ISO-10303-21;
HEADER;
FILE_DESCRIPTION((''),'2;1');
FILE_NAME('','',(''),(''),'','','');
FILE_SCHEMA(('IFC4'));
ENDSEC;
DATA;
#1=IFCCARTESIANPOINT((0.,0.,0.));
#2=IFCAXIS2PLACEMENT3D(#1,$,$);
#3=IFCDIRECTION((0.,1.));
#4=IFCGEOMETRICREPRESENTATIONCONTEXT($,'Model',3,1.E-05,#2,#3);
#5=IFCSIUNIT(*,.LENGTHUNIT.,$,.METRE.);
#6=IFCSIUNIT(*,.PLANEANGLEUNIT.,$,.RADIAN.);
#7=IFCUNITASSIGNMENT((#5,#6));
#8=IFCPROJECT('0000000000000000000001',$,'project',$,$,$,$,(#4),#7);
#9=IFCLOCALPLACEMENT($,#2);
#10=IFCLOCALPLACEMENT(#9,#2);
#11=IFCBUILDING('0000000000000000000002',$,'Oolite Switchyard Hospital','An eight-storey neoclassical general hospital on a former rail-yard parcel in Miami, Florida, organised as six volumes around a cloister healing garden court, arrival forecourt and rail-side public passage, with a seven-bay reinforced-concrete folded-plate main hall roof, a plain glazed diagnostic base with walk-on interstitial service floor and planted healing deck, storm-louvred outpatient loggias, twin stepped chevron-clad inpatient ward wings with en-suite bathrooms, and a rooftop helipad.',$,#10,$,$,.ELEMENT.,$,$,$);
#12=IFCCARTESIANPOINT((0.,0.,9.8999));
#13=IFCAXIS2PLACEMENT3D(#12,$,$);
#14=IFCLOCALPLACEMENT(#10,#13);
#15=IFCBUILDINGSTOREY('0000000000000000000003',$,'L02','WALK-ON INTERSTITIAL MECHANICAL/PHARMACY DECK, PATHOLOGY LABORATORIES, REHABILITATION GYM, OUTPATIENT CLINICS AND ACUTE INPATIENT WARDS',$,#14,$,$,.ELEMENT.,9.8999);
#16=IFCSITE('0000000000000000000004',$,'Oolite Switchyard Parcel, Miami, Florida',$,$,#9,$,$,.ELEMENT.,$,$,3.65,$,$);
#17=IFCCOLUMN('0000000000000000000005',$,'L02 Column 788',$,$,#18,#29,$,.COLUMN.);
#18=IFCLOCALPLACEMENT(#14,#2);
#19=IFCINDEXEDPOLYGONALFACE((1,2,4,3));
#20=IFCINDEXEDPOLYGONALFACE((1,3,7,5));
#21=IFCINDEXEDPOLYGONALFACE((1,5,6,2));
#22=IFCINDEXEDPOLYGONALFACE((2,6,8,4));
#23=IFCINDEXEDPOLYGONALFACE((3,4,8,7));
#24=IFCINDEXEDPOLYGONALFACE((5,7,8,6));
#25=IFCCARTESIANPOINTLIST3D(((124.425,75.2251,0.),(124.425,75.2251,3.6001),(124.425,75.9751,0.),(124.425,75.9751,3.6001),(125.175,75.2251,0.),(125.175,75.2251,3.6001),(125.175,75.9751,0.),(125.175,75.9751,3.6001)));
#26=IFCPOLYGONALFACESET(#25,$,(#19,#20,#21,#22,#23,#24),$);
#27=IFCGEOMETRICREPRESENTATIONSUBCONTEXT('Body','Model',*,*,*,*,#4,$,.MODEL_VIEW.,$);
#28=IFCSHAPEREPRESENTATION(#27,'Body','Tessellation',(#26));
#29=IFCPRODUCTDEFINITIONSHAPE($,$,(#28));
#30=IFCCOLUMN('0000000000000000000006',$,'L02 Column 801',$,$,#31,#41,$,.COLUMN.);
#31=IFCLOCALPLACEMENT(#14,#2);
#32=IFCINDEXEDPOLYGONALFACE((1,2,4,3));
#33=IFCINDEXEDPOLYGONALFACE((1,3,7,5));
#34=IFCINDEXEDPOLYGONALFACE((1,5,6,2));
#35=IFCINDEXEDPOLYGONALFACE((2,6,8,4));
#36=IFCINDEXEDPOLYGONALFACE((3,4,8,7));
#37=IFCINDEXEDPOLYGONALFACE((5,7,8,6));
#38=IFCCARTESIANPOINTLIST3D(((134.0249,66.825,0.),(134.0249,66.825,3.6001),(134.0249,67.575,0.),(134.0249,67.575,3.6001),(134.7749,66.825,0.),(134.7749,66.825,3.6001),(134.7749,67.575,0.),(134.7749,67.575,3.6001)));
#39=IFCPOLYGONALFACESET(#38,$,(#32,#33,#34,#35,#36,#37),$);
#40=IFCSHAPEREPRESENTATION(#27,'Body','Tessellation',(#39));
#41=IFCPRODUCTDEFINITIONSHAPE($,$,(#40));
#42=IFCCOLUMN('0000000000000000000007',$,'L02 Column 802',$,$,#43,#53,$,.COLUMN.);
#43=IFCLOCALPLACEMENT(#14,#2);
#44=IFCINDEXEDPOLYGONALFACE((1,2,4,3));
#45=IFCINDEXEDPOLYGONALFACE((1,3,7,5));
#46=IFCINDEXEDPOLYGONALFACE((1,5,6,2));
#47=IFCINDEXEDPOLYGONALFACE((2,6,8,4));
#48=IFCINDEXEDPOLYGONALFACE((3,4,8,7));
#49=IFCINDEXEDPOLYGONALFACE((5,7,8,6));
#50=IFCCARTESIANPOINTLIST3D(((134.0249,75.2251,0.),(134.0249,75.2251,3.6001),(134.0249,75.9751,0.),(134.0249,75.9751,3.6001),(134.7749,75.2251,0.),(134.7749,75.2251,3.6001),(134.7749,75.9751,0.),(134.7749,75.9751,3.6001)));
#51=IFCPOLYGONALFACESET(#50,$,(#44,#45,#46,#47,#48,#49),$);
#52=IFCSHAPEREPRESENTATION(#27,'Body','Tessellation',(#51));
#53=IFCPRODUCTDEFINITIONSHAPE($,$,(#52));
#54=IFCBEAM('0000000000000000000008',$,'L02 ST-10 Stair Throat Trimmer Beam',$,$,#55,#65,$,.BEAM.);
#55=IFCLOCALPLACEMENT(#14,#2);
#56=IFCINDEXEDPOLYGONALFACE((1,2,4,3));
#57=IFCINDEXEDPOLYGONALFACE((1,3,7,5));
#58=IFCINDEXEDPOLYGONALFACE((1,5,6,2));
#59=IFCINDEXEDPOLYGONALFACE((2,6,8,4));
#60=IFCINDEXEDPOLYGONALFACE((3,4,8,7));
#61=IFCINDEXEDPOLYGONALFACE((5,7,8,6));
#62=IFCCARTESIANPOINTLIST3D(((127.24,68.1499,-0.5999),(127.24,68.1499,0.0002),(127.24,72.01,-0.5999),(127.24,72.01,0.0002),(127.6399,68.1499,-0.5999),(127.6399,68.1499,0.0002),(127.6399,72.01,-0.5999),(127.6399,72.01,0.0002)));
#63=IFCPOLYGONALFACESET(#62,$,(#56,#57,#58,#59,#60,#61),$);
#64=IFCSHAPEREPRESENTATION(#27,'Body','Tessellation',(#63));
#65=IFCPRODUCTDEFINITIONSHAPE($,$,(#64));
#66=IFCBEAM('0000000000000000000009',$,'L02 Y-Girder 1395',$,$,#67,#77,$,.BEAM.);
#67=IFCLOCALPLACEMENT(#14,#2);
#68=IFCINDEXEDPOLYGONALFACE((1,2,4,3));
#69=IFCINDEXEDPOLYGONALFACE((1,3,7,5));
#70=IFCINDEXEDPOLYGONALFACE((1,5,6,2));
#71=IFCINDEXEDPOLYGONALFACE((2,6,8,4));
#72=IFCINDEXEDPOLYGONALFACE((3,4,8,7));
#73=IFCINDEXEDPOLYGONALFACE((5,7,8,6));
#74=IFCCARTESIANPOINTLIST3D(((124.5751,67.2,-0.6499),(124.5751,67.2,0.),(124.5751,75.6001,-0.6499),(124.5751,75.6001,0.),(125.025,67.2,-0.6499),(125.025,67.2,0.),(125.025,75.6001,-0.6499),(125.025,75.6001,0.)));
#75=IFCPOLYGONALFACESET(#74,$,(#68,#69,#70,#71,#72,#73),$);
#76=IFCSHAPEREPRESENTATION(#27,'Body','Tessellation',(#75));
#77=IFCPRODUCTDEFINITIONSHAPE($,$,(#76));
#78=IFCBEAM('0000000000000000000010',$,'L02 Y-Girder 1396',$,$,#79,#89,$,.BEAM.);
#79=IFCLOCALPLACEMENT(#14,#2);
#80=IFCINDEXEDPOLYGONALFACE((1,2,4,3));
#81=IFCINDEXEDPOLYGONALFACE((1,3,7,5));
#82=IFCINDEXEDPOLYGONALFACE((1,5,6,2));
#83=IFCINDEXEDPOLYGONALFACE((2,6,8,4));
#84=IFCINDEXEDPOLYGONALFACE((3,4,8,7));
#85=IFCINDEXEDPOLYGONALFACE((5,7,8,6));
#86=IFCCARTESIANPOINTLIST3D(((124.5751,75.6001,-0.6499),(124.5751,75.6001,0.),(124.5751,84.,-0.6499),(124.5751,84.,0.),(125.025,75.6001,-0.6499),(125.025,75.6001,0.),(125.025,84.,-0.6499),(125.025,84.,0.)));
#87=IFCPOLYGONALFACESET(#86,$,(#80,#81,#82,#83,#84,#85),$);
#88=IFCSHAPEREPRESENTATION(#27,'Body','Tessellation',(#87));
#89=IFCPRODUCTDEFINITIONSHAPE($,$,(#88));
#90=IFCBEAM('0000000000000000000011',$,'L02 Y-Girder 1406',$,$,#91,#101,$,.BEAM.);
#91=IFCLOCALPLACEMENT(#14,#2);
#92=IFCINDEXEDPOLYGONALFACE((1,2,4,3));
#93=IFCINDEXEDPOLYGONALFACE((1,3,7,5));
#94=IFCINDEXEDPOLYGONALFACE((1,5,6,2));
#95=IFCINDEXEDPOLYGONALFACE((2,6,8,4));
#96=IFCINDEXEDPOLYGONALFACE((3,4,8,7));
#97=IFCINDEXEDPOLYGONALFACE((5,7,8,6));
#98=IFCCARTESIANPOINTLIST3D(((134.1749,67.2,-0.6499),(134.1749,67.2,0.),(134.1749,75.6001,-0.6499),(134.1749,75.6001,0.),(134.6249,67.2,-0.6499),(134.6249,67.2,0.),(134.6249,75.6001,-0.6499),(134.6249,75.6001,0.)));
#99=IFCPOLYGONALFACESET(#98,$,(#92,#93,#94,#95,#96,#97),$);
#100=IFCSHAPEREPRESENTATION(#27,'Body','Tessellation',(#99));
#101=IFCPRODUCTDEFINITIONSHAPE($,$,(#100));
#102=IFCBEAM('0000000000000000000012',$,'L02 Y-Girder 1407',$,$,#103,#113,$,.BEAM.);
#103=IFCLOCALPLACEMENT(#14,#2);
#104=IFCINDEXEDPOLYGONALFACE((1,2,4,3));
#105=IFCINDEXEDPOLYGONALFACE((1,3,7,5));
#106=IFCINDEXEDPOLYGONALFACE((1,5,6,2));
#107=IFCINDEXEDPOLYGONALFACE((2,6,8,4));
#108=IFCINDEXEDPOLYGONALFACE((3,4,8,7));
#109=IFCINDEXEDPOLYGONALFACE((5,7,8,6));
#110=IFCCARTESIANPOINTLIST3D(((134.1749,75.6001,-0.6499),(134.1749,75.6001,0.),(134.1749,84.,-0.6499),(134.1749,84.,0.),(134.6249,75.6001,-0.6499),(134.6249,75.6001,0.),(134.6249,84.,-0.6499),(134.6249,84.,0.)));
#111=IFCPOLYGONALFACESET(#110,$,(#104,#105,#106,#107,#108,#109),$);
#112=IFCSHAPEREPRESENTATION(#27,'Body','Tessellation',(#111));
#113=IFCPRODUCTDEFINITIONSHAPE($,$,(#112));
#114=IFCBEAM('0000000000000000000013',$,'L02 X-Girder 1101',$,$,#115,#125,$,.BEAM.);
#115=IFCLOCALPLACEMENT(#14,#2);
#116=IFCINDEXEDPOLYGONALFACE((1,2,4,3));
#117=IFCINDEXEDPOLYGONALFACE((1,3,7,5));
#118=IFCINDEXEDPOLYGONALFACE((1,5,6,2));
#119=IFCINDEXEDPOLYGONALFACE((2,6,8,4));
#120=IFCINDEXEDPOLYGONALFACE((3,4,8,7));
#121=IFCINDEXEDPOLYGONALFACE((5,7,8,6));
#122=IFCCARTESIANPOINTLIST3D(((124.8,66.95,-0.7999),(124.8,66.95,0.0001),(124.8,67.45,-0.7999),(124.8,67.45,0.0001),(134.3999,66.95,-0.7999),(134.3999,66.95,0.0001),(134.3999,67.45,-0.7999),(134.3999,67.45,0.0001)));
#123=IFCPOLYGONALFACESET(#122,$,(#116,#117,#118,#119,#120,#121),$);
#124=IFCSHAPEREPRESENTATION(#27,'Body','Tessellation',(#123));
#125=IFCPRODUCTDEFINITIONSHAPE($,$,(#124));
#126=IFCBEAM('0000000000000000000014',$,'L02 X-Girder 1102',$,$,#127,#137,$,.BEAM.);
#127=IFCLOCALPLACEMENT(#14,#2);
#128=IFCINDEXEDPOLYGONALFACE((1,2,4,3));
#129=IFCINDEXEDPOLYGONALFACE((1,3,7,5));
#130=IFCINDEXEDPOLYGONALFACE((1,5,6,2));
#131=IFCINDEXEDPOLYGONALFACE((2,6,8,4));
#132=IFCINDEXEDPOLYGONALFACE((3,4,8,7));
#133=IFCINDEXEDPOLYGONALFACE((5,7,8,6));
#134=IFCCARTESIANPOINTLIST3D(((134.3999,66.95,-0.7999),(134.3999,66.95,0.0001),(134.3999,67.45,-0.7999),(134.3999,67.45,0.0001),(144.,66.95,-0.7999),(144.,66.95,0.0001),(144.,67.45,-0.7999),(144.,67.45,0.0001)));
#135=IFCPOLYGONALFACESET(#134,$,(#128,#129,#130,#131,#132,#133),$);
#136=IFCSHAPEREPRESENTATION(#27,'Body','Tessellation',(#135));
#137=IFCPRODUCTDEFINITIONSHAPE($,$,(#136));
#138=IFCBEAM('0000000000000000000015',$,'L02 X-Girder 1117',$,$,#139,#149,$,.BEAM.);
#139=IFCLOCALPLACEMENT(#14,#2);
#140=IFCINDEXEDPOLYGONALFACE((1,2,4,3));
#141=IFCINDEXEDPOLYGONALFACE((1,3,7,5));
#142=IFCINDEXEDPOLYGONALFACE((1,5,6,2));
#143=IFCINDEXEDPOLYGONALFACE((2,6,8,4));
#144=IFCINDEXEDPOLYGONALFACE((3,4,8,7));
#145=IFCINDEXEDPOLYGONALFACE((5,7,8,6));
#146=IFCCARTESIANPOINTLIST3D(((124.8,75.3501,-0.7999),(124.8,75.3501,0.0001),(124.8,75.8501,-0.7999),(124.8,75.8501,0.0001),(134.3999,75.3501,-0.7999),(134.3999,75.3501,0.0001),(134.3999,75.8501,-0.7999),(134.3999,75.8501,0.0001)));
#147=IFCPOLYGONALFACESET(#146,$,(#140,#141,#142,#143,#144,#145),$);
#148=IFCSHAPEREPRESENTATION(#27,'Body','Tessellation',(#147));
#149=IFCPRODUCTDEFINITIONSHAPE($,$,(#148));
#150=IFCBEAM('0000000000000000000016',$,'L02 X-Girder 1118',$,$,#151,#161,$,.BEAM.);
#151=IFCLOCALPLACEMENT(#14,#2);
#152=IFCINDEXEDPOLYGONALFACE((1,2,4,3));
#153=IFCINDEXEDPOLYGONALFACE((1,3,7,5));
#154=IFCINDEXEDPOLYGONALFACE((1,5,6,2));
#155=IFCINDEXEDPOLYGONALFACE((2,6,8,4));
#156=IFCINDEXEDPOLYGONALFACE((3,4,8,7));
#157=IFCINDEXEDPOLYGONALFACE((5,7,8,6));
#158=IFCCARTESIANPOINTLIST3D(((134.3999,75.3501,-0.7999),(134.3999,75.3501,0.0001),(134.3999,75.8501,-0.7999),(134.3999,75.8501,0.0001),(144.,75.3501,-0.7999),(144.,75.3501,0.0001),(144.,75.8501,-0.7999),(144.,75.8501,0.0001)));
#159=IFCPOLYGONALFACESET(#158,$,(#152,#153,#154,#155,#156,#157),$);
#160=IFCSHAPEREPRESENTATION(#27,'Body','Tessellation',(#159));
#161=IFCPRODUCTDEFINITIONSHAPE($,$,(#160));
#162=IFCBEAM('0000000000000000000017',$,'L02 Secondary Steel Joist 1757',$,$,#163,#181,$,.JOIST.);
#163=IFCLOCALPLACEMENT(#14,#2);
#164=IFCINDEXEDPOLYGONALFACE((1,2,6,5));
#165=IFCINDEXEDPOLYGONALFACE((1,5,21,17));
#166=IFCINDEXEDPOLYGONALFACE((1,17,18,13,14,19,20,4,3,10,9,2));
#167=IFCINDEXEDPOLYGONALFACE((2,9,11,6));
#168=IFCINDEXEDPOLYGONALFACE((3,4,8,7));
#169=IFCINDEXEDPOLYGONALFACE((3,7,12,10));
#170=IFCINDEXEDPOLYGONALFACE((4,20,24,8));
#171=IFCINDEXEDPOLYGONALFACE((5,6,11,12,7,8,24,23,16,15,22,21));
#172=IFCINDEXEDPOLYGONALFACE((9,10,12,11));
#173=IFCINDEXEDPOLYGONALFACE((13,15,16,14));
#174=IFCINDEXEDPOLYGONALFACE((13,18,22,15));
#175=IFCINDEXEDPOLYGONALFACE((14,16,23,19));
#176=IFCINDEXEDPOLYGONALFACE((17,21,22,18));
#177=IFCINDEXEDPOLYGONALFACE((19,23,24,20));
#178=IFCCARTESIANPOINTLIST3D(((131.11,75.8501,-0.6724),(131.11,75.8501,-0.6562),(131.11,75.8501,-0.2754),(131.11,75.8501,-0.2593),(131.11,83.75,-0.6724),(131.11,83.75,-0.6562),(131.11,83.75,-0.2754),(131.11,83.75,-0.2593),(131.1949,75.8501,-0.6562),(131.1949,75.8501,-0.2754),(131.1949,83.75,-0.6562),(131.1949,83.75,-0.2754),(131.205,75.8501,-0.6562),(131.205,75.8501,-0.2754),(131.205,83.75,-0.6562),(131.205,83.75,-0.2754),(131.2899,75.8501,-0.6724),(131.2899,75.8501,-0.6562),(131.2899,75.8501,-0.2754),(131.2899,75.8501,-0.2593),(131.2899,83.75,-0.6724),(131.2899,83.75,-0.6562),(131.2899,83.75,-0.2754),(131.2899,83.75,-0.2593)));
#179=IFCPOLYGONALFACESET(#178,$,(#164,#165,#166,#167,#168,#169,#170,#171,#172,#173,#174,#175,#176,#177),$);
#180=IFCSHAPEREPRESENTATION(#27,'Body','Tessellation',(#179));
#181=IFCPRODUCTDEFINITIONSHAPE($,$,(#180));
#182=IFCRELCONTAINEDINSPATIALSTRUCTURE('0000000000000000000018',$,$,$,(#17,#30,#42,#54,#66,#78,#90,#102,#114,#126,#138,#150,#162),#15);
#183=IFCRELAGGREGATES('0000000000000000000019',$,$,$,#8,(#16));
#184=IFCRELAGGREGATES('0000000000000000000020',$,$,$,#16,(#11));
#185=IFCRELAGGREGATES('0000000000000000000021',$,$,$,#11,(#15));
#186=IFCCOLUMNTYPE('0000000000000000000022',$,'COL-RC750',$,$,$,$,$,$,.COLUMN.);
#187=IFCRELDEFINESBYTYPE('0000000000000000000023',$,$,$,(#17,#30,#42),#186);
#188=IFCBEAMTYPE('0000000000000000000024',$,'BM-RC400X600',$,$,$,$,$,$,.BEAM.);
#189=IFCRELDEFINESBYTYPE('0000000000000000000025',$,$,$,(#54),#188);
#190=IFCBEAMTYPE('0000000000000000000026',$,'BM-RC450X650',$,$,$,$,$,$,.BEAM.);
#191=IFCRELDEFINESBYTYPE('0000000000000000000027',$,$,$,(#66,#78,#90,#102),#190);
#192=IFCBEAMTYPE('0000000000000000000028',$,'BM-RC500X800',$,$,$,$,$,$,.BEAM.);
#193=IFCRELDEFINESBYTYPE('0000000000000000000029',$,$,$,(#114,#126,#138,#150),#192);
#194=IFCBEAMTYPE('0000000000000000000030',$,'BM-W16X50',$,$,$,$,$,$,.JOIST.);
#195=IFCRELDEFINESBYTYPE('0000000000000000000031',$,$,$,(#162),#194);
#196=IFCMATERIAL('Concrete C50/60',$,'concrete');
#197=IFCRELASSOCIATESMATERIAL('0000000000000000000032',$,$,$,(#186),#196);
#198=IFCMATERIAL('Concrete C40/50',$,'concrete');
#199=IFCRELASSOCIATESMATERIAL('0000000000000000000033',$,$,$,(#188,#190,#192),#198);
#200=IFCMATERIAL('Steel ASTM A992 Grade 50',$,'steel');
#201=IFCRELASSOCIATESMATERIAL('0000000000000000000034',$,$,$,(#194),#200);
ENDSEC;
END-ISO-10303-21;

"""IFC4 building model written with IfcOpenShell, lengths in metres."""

from ifc_helpers import new_model, si_unit, direction, frame, origin, origin_2d, place, context, subcontext, project, spatial, rectangle, i_section, extrude, material, material_profile, profile_set, type_object, element, save


model = new_model("IFC4")

# Units and contexts
model_context = context("Model", 3, precision=1e-05, world=origin(), true_north=direction((0.0, 1.0)))
body_context = subcontext(model_context, "Body", "Model", "MODEL_VIEW")
ifc_project = project(units=[si_unit("LENGTHUNIT", "METRE"), si_unit("PLANEANGLEUNIT", "RADIAN")], contexts=[model_context])

# Site, building, storey
site_placement = place(None, origin())
site = spatial("IfcSite", under=ifc_project, at=site_placement, Name="Oolite Switchyard Parcel, Miami, Florida", CompositionType="ELEMENT", RefElevation=3.65)
building_placement = place(site_placement, origin())
building = spatial("IfcBuilding", under=site, at=building_placement, Name="Oolite Switchyard Hospital", Description="An eight-storey neoclassical general hospital on a former rail-yard parcel in Miami, Florida, organised as six volumes around a cloister healing garden court, arrival forecourt and rail-side public passage, with a seven-bay reinforced-concrete folded-plate main hall roof, a plain glazed diagnostic base with walk-on interstitial service floor and planted healing deck, storm-louvred outpatient loggias, twin stepped chevron-clad inpatient ward wings with en-suite bathrooms, and a rooftop helipad.", CompositionType="ELEMENT")
storey_placement = place(building_placement, frame((0.0, 0.0, 9.8999)))
storey = spatial("IfcBuildingStorey", under=building, at=storey_placement, Name="L02", Description="WALK-ON INTERSTITIAL MECHANICAL/PHARMACY DECK, PATHOLOGY LABORATORIES, REHABILITATION GYM, OUTPATIENT CLINICS AND ACUTE INPATIENT WARDS", CompositionType="ELEMENT", Elevation=9.8999)

# Columns
ifc_material_1 = material(Name="Concrete C50/60", Category="concrete")
ifc_material_profile_1 = material_profile(ifc_material_1, rectangle(XDim=0.75, YDim=0.75, at=origin_2d()), Name="RC750X750")
ifc_profile_set_1 = profile_set([ifc_material_profile_1], Name="Concrete C50/60")
column_type = type_object("IfcColumnType", Name="COL-RC750", PredefinedType="COLUMN", material=ifc_profile_set_1)
for number, where, z_axis, x_axis, name in (
    (1, (124.8, 75.6001, 0.0), (0.0, 0.0, 1.0), (1.0, 0.0, 0.0), "L02 Column 788"),
    (2, (134.3999, 67.2, 0.0), (0.0, 0.0, 1.0), (1.0, 0.0, 0.0), "L02 Column 801"),
    (3, (134.3999, 75.6001, 0.0), (0.0, 0.0, 1.0), (1.0, 0.0, 0.0), "L02 Column 802"),
):
    element("IfcColumn", number, at=place(storey_placement, frame(where, z_axis=z_axis, x_axis=x_axis)), inside=storey, type_object=column_type, Name=name, PredefinedType="COLUMN", context=body_context, shape_type="SweptSolid", body=[
        extrude(rectangle(XDim=0.75, YDim=0.75, at=origin_2d()), origin(), (0.0, 0.0, 1.0), 3.6001),
    ])

# Beams
ifc_material_2 = material(Name="Concrete C40/50", Category="concrete")
ifc_material_profile_2 = material_profile(ifc_material_2, rectangle(XDim=0.3999, YDim=0.6001, at=origin_2d()), Name="RCB400X600")
ifc_profile_set_2 = profile_set([ifc_material_profile_2], Name="Concrete C40/50")
beam_type_1 = type_object("IfcBeamType", Name="BM-RC400X600", PredefinedType="BEAM", material=ifc_profile_set_2)
beam_1_placement = place(storey_placement, frame((127.4399, 68.1499, -0.2998), z_axis=(0.0, 1.0, 0.0), x_axis=(-1.0, 0.0, 0.0)))
element("IfcBeam", 4, at=beam_1_placement, inside=storey, type_object=beam_type_1, Name="L02 ST-10 Stair Throat Trimmer Beam", PredefinedType="BEAM", context=body_context, shape_type="SweptSolid", body=[
    extrude(rectangle(XDim=0.3999, YDim=0.6001, at=origin_2d()), origin(), (0.0, 0.0, 1.0), 3.8601),
])
ifc_material_profile_3 = material_profile(ifc_material_2, rectangle(XDim=0.45, YDim=0.6499, at=origin_2d()), Name="RCB450X650")
ifc_profile_set_3 = profile_set([ifc_material_profile_3], Name="Concrete C40/50")
beam_type_2 = type_object("IfcBeamType", Name="BM-RC450X650", PredefinedType="BEAM", material=ifc_profile_set_3)
beam_2_placement = place(storey_placement, frame((124.8, 67.2, -0.325), z_axis=(0.0, 1.0, 0.0), x_axis=(-1.0, 0.0, 0.0)))
element("IfcBeam", 5, at=beam_2_placement, inside=storey, type_object=beam_type_2, Name="L02 Y-Girder 1395", PredefinedType="BEAM", context=body_context, shape_type="SweptSolid", body=[
    extrude(rectangle(XDim=0.45, YDim=0.6499, at=origin_2d()), origin(), (0.0, 0.0, 1.0), 8.4001),
])
beam_3_placement = place(storey_placement, frame((124.8, 75.6001, -0.325), z_axis=(0.0, 1.0, 0.0), x_axis=(-1.0, 0.0, 0.0)))
element("IfcBeam", 6, at=beam_3_placement, inside=storey, type_object=beam_type_2, Name="L02 Y-Girder 1396", PredefinedType="BEAM", context=body_context, shape_type="SweptSolid", body=[
    extrude(rectangle(XDim=0.45, YDim=0.6499, at=origin_2d()), origin(), (0.0, 0.0, 1.0), 8.3999),
])
beam_4_placement = place(storey_placement, frame((134.3999, 67.2, -0.325), z_axis=(0.0, 1.0, 0.0), x_axis=(-1.0, 0.0, 0.0)))
element("IfcBeam", 7, at=beam_4_placement, inside=storey, type_object=beam_type_2, Name="L02 Y-Girder 1406", PredefinedType="BEAM", context=body_context, shape_type="SweptSolid", body=[
    extrude(rectangle(XDim=0.45, YDim=0.6499, at=origin_2d()), origin(), (0.0, 0.0, 1.0), 8.4001),
])
beam_5_placement = place(storey_placement, frame((134.3999, 75.6001, -0.325), z_axis=(0.0, 1.0, 0.0), x_axis=(-1.0, 0.0, 0.0)))
element("IfcBeam", 8, at=beam_5_placement, inside=storey, type_object=beam_type_2, Name="L02 Y-Girder 1407", PredefinedType="BEAM", context=body_context, shape_type="SweptSolid", body=[
    extrude(rectangle(XDim=0.45, YDim=0.6499, at=origin_2d()), origin(), (0.0, 0.0, 1.0), 8.3999),
])
ifc_material_profile_4 = material_profile(ifc_material_2, rectangle(XDim=0.5, YDim=0.8, at=origin_2d()), Name="RCB500X800")
ifc_profile_set_4 = profile_set([ifc_material_profile_4], Name="Concrete C40/50")
beam_type_3 = type_object("IfcBeamType", Name="BM-RC500X800", PredefinedType="BEAM", material=ifc_profile_set_4)
beam_6_placement = place(storey_placement, frame((124.8, 67.2, -0.3999), z_axis=(1.0, 0.0, 0.0), x_axis=(0.0, 1.0, 0.0)))
element("IfcBeam", 9, at=beam_6_placement, inside=storey, type_object=beam_type_3, Name="L02 X-Girder 1101", PredefinedType="BEAM", context=body_context, shape_type="SweptSolid", body=[
    extrude(rectangle(XDim=0.5, YDim=0.8, at=origin_2d()), origin(), (0.0, 0.0, 1.0), 9.5999),
])
beam_7_placement = place(storey_placement, frame((134.3999, 67.2, -0.3999), z_axis=(1.0, 0.0, 0.0), x_axis=(0.0, 1.0, 0.0)))
element("IfcBeam", 10, at=beam_7_placement, inside=storey, type_object=beam_type_3, Name="L02 X-Girder 1102", PredefinedType="BEAM", context=body_context, shape_type="SweptSolid", body=[
    extrude(rectangle(XDim=0.5, YDim=0.8, at=origin_2d()), origin(), (0.0, 0.0, 1.0), 9.6001),
])
beam_8_placement = place(storey_placement, frame((124.8, 75.6001, -0.3999), z_axis=(1.0, 0.0, 0.0), x_axis=(0.0, 1.0, 0.0)))
element("IfcBeam", 11, at=beam_8_placement, inside=storey, type_object=beam_type_3, Name="L02 X-Girder 1117", PredefinedType="BEAM", context=body_context, shape_type="SweptSolid", body=[
    extrude(rectangle(XDim=0.5, YDim=0.8, at=origin_2d()), origin(), (0.0, 0.0, 1.0), 9.5999),
])
beam_9_placement = place(storey_placement, frame((134.3999, 75.6001, -0.3999), z_axis=(1.0, 0.0, 0.0), x_axis=(0.0, 1.0, 0.0)))
element("IfcBeam", 12, at=beam_9_placement, inside=storey, type_object=beam_type_3, Name="L02 X-Girder 1118", PredefinedType="BEAM", context=body_context, shape_type="SweptSolid", body=[
    extrude(rectangle(XDim=0.5, YDim=0.8, at=origin_2d()), origin(), (0.0, 0.0, 1.0), 9.6001),
])
ifc_material_3 = material(Name="Steel ASTM A992 Grade 50", Category="steel")
ifc_material_profile_5 = material_profile(ifc_material_3, i_section(OverallWidth=0.1799, OverallDepth=0.4131, WebThickness=0.01, FlangeThickness=0.0161, at=origin_2d()), Name="W16X50")
ifc_profile_set_5 = profile_set([ifc_material_profile_5], Name="Steel ASTM A992 Grade 50")
beam_type_4 = type_object("IfcBeamType", Name="BM-W16X50", PredefinedType="JOIST", material=ifc_profile_set_5)
beam_10_placement = place(storey_placement, frame((131.2, 75.8501, -0.4658), z_axis=(0.0, 1.0, 0.0), x_axis=(-1.0, 0.0, 0.0)))
element("IfcBeam", 13, at=beam_10_placement, inside=storey, type_object=beam_type_4, Name="L02 Secondary Steel Joist 1757", PredefinedType="JOIST", context=body_context, shape_type="SweptSolid", body=[
    extrude(i_section(OverallWidth=0.1799, OverallDepth=0.4131, WebThickness=0.01, FlangeThickness=0.0161, at=origin_2d()), origin(), (0.0, 0.0, 1.0), 7.8999),
])

save(model, "model.ifc")
